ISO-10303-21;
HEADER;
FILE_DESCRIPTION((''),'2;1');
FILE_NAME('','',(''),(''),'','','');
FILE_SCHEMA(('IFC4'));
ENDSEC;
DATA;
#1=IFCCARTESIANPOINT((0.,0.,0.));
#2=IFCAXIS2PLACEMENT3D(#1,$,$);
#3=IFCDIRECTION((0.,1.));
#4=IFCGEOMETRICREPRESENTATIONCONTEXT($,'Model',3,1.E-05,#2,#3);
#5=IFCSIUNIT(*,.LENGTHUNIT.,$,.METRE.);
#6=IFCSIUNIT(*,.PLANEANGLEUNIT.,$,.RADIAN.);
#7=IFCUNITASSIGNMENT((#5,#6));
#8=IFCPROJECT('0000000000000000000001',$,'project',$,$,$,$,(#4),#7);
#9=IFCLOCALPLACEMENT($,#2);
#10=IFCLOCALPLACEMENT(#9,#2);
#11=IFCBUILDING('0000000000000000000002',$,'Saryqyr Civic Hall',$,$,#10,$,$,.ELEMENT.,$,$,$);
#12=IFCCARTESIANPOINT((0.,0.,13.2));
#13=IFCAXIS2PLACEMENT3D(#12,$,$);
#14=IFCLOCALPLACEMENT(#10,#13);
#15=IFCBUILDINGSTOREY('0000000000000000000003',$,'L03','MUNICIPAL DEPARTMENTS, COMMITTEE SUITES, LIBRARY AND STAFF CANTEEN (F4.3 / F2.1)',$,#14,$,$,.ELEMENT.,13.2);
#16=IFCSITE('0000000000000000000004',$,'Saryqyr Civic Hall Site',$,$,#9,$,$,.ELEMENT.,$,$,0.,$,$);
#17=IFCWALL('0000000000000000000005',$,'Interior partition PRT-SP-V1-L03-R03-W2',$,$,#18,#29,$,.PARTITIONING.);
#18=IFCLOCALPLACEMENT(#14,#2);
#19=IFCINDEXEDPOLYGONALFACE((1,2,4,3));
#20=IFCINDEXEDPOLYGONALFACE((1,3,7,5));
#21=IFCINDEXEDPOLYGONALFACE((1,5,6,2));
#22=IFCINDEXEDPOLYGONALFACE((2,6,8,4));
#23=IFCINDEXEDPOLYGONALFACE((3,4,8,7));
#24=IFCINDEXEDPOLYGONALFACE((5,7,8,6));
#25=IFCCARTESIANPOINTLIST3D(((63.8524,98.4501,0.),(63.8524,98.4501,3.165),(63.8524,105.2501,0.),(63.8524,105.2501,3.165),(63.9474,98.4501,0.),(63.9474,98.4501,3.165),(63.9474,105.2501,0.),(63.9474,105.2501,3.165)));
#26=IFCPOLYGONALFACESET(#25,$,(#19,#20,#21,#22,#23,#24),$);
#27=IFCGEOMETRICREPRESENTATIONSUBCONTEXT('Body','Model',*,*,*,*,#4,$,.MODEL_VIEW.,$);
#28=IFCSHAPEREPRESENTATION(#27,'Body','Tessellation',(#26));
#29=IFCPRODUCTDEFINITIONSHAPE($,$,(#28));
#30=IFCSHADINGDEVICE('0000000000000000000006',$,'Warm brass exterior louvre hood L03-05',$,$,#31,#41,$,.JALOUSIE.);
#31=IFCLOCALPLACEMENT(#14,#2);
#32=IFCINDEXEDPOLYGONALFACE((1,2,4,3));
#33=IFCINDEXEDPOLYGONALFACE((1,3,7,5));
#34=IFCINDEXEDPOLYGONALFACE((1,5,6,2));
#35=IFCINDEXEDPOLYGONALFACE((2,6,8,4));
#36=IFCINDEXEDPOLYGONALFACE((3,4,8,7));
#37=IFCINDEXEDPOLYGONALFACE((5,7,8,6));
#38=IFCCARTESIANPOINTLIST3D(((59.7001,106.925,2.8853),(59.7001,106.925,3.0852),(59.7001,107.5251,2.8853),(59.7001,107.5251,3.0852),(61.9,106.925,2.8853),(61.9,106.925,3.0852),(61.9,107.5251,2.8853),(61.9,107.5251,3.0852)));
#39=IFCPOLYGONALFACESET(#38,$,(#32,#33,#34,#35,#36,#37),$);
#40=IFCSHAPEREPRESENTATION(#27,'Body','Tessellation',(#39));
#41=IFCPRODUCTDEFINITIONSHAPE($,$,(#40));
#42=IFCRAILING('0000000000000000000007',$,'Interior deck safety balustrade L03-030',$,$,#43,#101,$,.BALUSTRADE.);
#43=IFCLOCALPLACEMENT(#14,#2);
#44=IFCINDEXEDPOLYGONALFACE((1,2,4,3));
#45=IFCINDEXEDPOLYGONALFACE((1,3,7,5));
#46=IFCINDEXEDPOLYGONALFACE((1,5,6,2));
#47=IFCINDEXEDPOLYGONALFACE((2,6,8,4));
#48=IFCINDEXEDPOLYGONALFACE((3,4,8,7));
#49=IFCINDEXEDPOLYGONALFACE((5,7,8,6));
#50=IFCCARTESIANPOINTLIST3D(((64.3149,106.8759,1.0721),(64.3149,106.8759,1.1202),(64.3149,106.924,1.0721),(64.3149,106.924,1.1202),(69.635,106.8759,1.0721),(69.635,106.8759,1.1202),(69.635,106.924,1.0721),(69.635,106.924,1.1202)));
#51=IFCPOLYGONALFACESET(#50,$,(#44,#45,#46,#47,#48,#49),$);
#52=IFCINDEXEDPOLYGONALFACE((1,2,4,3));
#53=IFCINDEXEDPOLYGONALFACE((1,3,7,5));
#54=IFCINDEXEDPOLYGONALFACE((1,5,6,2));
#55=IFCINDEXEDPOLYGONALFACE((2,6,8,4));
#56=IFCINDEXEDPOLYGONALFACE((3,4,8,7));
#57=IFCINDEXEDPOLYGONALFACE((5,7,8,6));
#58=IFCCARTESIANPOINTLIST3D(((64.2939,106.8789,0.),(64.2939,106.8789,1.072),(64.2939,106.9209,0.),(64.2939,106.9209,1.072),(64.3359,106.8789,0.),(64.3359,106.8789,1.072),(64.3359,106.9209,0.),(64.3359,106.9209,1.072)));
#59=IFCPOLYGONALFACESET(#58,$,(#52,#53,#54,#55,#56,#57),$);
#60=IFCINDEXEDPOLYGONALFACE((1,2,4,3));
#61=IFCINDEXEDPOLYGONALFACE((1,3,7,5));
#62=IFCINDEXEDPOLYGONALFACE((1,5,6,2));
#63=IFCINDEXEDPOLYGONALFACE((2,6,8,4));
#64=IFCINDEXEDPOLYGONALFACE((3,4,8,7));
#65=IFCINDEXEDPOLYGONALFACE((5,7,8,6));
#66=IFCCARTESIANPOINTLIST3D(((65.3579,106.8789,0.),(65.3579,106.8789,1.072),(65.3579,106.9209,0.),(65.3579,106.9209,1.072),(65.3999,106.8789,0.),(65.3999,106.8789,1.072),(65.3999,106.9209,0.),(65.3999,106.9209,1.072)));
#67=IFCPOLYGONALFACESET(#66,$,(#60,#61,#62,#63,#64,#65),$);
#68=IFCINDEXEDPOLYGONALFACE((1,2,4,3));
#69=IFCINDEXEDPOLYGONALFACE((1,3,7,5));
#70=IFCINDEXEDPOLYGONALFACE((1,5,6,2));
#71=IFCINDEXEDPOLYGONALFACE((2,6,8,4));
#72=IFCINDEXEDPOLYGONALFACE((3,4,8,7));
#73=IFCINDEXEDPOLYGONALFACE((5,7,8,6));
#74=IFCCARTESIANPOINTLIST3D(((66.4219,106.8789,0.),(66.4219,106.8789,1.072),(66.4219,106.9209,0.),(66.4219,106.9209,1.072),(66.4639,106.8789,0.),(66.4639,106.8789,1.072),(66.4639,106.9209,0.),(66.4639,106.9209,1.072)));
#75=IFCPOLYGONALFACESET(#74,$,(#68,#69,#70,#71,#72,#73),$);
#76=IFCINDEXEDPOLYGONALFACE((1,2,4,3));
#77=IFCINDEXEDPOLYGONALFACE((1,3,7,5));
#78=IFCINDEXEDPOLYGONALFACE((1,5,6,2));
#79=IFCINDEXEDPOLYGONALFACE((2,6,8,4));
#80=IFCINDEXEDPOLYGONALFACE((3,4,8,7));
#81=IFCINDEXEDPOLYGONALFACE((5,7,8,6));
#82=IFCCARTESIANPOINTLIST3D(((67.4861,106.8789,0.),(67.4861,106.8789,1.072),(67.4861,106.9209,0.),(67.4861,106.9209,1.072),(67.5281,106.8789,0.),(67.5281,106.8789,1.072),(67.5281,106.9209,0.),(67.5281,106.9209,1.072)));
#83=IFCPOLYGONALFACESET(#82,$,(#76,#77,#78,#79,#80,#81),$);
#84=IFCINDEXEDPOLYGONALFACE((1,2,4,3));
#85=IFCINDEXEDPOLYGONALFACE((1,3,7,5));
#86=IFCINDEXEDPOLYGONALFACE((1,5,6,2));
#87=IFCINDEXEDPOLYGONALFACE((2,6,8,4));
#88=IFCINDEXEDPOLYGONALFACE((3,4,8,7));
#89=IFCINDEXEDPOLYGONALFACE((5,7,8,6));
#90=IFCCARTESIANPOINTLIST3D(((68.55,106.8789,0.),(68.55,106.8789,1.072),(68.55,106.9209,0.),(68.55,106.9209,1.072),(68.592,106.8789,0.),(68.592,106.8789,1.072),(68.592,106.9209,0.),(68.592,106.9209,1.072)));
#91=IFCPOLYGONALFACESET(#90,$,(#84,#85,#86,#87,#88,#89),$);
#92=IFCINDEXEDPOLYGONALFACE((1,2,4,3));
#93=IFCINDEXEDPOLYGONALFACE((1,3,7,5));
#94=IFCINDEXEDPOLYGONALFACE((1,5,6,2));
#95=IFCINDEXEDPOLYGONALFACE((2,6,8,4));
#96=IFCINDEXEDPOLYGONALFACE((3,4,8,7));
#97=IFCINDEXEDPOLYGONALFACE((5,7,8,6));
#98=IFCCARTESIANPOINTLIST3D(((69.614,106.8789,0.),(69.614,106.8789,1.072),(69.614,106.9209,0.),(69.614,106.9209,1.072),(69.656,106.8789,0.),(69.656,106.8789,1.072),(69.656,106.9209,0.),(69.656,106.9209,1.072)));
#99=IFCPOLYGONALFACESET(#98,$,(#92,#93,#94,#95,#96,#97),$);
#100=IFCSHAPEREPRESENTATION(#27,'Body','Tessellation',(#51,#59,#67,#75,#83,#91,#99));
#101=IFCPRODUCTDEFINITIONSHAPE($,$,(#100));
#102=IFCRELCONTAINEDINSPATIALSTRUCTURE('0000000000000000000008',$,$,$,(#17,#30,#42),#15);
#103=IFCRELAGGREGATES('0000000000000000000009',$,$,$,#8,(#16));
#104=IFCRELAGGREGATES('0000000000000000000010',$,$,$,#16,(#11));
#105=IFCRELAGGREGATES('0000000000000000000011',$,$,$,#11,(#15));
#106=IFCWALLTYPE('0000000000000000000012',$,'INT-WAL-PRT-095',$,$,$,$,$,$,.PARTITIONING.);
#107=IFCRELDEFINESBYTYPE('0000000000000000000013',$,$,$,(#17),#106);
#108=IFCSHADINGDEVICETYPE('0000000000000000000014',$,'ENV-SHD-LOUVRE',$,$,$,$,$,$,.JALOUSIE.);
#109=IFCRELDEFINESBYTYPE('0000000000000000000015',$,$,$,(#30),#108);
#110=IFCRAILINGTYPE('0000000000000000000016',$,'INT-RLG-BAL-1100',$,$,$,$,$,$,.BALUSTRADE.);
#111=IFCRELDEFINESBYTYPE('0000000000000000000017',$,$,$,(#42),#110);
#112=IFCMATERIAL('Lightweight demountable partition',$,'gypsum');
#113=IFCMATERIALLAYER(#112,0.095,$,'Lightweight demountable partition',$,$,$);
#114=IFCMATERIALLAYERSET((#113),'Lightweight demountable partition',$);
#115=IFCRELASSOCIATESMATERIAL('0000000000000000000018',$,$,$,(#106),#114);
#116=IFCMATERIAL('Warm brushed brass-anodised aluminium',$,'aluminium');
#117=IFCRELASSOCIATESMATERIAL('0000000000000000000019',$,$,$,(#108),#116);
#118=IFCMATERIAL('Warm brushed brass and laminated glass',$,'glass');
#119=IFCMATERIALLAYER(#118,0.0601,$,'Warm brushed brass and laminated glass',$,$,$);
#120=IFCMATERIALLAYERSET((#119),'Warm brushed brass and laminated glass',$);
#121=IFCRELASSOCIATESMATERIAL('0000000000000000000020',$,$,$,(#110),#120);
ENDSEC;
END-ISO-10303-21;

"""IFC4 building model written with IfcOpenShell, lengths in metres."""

from ifc_helpers import new_model, si_unit, direction, frame, frame_2d, origin, origin_2d, place, context, subcontext, project, spatial, rectangle, extrude, material, layer, layer_set, type_object, element, save


model = new_model("IFC4")

# Units and contexts
model_context = context("Model", 3, precision=1e-05, world=origin(), true_north=direction((0.0, 1.0)))
body_context = subcontext(model_context, "Body", "Model", "MODEL_VIEW")
ifc_project = project(units=[si_unit("LENGTHUNIT", "METRE"), si_unit("PLANEANGLEUNIT", "RADIAN")], contexts=[model_context])

# Site, building, storey
site_placement = place(None, origin())
site = spatial("IfcSite", under=ifc_project, at=site_placement, Name="Saryqyr Civic Hall Site", CompositionType="ELEMENT", RefElevation=0.0)
building_placement = place(site_placement, origin())
building = spatial("IfcBuilding", under=site, at=building_placement, Name="Saryqyr Civic Hall", CompositionType="ELEMENT")
storey_placement = place(building_placement, frame((0.0, 0.0, 13.2)))
storey = spatial("IfcBuildingStorey", under=building, at=storey_placement, Name="L03", Description="MUNICIPAL DEPARTMENTS, COMMITTEE SUITES, LIBRARY AND STAFF CANTEEN (F4.3 / F2.1)", CompositionType="ELEMENT", Elevation=13.2)

# Shared definitions
ifc_material_1 = material(Name="Warm brushed brass-anodised aluminium", Category="aluminium")

# Shared definitions
ifc_material_2 = material(Name="Lightweight demountable partition", Category="gypsum")
ifc_layer_1 = layer(ifc_material_2, 0.095, Name="Lightweight demountable partition")
ifc_layer_set_1 = layer_set([ifc_layer_1], Name="Lightweight demountable partition")
wall_type_1 = type_object("IfcWallType", Name="INT-WAL-PRT-095", PredefinedType="PARTITIONING", material=ifc_layer_set_1)

# Wall
wall_1_placement = place(storey_placement, frame((63.8999, 105.25, 0.0), z_axis=(0.0, 0.0, 1.0), x_axis=(0.0, -1.0, 0.0)))
element("IfcWall", 1, at=wall_1_placement, inside=storey, type_object=wall_type_1, Name="Interior partition PRT-SP-V1-L03-R03-W2", PredefinedType="PARTITIONING", context=body_context, shape_type="SweptSolid", body=[
    extrude(rectangle(XDim=6.8, YDim=0.095, at=frame_2d((3.3999, 0.0))), origin(), (0.0, 0.0, 1.0), 3.165),
])

# Shading device
shading_device_type = type_object("IfcShadingDeviceType", Name="ENV-SHD-LOUVRE", PredefinedType="JALOUSIE", material=ifc_material_1)
shading_device_placement = place(storey_placement, frame((60.8, 107.2251, 2.8853), z_axis=(0.0, 0.0, 1.0), x_axis=(1.0, 0.0, 0.0)))
element("IfcShadingDevice", 2, at=shading_device_placement, inside=storey, type_object=shading_device_type, Name="Warm brass exterior louvre hood L03-05", PredefinedType="JALOUSIE", context=body_context, shape_type="SweptSolid", body=[
    extrude(rectangle(XDim=2.2, YDim=0.6001, at=origin_2d()), origin(), (0.0, 0.0, 1.0), 0.2),
])

# Railing
ifc_material_3 = material(Name="Warm brushed brass and laminated glass", Category="glass")
ifc_layer_2 = layer(ifc_material_3, 0.0601, Name="Warm brushed brass and laminated glass")
ifc_layer_set_2 = layer_set([ifc_layer_2], Name="Warm brushed brass and laminated glass")
railing_type = type_object("IfcRailingType", Name="INT-RLG-BAL-1100", PredefinedType="BALUSTRADE", material=ifc_layer_set_2)
railing_placement = place(storey_placement, frame((64.3149, 106.8999, 0.0)))
element("IfcRailing", 3, at=railing_placement, inside=storey, type_object=railing_type, Name="Interior deck safety balustrade L03-030", PredefinedType="BALUSTRADE", context=body_context, shape_type="SweptSolid", body=[
    extrude(rectangle(XDim=0.0481, YDim=0.0481, at=origin_2d()), frame((0.0, 0.0, 1.0962), z_axis=(1.0, 0.0, 0.0), x_axis=(0.0, 1.0, 0.0)), (0.0, 0.0, 1.0), 5.3201),
    extrude(rectangle(XDim=0.042, YDim=0.042, at=origin_2d()), origin(), (0.0, 0.0, 1.0), 1.072),
    extrude(rectangle(XDim=0.042, YDim=0.042, at=origin_2d()), frame((1.064, 0.0, 0.0)), (0.0, 0.0, 1.0), 1.072),
    extrude(rectangle(XDim=0.042, YDim=0.042, at=origin_2d()), frame((2.1279, 0.0, 0.0)), (0.0, 0.0, 1.0), 1.072),
    extrude(rectangle(XDim=0.042, YDim=0.042, at=origin_2d()), frame((3.1921, 0.0, 0.0)), (0.0, 0.0, 1.0), 1.072),
    extrude(rectangle(XDim=0.042, YDim=0.042, at=origin_2d()), frame((4.2561, 0.0, 0.0)), (0.0, 0.0, 1.0), 1.072),
    extrude(rectangle(XDim=0.042, YDim=0.042, at=origin_2d()), frame((5.3201, 0.0, 0.0)), (0.0, 0.0, 1.0), 1.072),
])

save(model, "model.ifc")
